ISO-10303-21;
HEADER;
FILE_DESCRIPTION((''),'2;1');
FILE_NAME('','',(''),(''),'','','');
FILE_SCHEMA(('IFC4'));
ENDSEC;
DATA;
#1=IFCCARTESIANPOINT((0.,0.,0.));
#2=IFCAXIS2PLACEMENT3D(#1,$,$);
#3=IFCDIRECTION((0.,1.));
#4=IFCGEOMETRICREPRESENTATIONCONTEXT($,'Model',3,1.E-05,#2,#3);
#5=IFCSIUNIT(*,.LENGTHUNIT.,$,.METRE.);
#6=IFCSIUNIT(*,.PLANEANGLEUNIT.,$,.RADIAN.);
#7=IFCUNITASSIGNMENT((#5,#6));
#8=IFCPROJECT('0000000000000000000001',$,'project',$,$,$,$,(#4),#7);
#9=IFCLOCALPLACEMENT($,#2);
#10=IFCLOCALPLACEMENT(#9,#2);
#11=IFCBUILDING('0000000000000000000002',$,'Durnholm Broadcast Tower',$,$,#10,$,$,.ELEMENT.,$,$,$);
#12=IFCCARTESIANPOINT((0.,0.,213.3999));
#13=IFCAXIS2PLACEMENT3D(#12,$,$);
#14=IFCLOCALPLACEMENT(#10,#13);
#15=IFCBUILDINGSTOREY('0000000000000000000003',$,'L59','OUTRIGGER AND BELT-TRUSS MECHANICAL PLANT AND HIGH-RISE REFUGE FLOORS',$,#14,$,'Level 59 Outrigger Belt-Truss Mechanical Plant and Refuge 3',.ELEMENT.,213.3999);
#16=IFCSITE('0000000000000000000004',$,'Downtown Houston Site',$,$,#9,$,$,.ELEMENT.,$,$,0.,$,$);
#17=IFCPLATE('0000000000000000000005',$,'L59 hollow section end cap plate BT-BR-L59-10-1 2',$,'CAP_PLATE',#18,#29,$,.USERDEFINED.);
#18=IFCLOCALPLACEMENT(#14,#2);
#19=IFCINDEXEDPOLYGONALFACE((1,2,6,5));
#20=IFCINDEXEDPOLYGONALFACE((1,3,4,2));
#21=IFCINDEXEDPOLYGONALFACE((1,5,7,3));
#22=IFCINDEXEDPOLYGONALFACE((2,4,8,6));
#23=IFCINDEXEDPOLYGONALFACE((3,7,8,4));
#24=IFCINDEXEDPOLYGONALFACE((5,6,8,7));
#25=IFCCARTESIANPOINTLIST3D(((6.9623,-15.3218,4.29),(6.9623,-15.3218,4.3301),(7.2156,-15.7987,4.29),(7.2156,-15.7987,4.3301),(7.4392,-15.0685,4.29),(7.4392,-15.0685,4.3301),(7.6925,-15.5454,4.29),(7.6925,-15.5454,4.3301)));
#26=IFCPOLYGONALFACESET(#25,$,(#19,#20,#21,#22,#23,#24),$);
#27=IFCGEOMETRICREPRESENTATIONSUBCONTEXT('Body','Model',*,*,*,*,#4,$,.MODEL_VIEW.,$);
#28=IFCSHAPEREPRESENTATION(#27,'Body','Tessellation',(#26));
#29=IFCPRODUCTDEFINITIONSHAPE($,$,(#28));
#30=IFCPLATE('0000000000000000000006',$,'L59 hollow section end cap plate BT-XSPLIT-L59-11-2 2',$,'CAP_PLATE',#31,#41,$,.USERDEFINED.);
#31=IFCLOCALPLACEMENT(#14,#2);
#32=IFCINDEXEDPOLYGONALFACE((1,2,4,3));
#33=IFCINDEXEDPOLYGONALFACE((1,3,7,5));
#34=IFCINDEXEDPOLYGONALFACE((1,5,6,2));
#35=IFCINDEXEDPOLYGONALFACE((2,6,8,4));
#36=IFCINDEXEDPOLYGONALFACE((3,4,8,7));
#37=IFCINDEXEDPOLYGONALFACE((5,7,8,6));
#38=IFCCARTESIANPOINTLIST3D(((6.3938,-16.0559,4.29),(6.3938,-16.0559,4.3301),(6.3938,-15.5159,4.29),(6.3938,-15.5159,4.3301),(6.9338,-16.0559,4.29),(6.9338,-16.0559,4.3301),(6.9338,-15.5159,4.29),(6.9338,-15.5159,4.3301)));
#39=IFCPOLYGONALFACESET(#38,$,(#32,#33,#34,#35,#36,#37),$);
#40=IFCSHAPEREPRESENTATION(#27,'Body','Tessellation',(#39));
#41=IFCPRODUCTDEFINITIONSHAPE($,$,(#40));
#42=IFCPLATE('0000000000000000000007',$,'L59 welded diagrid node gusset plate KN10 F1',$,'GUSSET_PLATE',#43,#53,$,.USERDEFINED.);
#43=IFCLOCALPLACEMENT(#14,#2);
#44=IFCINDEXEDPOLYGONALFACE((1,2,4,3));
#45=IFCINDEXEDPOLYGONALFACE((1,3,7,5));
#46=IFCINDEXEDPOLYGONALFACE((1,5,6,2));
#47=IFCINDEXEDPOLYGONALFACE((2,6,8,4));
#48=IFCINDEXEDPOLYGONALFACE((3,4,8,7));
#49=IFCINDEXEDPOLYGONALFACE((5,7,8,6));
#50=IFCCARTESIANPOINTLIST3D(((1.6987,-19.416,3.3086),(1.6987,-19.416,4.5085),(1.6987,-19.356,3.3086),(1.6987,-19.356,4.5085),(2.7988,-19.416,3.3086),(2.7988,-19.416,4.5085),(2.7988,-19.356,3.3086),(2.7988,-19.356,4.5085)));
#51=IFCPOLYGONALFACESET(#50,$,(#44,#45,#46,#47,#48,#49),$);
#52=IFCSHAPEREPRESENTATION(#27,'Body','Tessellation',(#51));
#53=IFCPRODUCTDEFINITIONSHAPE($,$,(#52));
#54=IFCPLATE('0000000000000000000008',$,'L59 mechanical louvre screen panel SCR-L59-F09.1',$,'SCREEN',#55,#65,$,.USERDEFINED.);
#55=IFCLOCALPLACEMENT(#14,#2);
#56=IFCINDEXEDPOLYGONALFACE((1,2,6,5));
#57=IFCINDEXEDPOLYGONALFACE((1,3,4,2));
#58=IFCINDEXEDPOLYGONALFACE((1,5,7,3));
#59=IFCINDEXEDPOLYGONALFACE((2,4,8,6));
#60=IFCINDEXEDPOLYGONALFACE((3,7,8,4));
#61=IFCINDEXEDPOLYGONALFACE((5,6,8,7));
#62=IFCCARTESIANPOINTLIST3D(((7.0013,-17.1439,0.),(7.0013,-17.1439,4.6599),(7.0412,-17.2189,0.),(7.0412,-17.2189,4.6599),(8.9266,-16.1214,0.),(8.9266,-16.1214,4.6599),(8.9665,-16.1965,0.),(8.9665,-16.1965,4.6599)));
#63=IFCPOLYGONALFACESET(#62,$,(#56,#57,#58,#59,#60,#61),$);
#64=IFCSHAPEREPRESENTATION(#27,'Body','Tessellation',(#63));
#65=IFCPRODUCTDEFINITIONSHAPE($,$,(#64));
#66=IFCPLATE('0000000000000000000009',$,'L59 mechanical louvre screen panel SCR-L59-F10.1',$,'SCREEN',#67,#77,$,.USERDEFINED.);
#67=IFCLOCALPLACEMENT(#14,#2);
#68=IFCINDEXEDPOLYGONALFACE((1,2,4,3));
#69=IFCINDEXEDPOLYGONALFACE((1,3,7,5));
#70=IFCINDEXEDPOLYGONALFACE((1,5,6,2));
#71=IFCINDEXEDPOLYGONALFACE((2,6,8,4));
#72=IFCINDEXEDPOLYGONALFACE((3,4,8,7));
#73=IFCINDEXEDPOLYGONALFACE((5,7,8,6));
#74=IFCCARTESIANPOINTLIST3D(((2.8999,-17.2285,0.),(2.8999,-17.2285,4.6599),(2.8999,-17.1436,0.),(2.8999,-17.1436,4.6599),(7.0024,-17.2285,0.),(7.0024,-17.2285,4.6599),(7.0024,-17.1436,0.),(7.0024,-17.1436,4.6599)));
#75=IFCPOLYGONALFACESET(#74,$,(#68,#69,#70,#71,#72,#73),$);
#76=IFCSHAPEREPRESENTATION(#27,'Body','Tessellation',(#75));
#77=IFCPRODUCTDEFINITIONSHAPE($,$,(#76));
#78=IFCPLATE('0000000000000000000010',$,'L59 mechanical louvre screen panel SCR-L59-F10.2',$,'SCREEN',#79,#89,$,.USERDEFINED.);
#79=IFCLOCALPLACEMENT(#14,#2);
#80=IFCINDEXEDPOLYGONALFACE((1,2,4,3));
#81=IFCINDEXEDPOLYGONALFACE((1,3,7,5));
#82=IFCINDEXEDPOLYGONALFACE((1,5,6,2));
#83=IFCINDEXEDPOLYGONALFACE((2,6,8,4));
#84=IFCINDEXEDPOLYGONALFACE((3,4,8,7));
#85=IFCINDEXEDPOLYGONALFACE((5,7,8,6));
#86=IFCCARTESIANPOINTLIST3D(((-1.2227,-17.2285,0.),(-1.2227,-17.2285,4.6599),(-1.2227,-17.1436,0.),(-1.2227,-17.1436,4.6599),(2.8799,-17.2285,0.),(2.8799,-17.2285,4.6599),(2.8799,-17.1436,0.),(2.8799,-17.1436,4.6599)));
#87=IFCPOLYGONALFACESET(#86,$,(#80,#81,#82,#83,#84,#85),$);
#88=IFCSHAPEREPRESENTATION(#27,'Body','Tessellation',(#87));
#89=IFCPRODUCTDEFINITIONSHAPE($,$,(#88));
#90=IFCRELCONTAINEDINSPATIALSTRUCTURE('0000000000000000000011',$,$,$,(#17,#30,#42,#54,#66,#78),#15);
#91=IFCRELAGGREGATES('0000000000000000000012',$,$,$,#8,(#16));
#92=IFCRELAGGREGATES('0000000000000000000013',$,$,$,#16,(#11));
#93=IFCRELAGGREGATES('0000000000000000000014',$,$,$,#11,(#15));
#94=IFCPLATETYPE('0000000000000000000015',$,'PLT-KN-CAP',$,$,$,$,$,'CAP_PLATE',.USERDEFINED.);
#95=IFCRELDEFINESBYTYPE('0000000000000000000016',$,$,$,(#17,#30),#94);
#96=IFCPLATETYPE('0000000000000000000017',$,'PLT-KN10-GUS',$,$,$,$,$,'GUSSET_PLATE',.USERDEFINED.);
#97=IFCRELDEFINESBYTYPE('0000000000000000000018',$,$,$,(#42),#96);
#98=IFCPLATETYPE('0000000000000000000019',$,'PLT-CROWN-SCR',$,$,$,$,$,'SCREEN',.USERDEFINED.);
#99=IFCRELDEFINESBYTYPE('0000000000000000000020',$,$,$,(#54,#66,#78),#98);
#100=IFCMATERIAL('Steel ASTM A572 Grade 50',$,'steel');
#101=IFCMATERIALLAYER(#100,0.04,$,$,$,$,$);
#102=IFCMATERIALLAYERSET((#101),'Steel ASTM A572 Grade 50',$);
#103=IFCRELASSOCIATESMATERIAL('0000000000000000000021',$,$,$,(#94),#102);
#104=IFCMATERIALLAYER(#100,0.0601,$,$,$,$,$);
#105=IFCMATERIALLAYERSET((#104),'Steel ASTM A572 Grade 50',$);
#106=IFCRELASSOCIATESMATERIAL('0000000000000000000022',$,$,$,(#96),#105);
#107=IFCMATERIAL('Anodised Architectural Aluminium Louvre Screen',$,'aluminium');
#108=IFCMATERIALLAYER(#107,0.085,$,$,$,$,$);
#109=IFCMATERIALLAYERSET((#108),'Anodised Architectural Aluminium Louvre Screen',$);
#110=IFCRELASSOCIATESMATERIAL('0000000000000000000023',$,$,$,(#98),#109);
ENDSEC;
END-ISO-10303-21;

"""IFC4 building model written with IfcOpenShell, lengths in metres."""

from ifc_helpers import new_model, si_unit, direction, frame, origin, origin_2d, place, context, subcontext, project, spatial, rectangle, extrude, source, transform, mapped, material, layer, layer_set, type_object, type_shapes, element, save


model = new_model("IFC4")

# Units and contexts
model_context = context("Model", 3, precision=1e-05, world=origin(), true_north=direction((0.0, 1.0)))
body_context = subcontext(model_context, "Body", "Model", "MODEL_VIEW")
ifc_project = project(units=[si_unit("LENGTHUNIT", "METRE"), si_unit("PLANEANGLEUNIT", "RADIAN")], contexts=[model_context])

# Site, building, storey
site_placement = place(None, origin())
site = spatial("IfcSite", under=ifc_project, at=site_placement, Name="Downtown Houston Site", CompositionType="ELEMENT", RefElevation=0.0)
building_placement = place(site_placement, origin())
building = spatial("IfcBuilding", under=site, at=building_placement, Name="Durnholm Broadcast Tower", CompositionType="ELEMENT")
storey_placement = place(building_placement, frame((0.0, 0.0, 213.3999)))
storey = spatial("IfcBuildingStorey", under=building, at=storey_placement, Name="L59", Description="OUTRIGGER AND BELT-TRUSS MECHANICAL PLANT AND HIGH-RISE REFUGE FLOORS", LongName="Level 59 Outrigger Belt-Truss Mechanical Plant and Refuge 3", CompositionType="ELEMENT", Elevation=213.3999)

# Plates
ifc_material_1 = material(Name="Steel ASTM A572 Grade 50", Category="steel")
ifc_layer_1 = layer(ifc_material_1, 0.04)
ifc_layer_set_1 = layer_set([ifc_layer_1], Name="Steel ASTM A572 Grade 50")
plate_type_1 = type_object("IfcPlateType", Name="PLT-KN-CAP", ElementType="CAP_PLATE", PredefinedType="USERDEFINED", material=ifc_layer_set_1)
shared_shape_1 = source(origin(), body_context, "Body", "SweptSolid", [
    extrude(rectangle(XDim=0.54, YDim=0.54, at=origin_2d()), origin(), (0.0, 0.0, 1.0), 0.04),
])
type_shapes(plate_type_1, [shared_shape_1])
for number, where, z_axis, x_axis, name in (
    (1, (7.3274, -15.4336, 4.29), (0.0, 0.0, 1.0), (-0.883193, -0.469009, 0.0), "L59 hollow section end cap plate BT-BR-L59-10-1 2"),
    (2, (6.6638, -15.7859, 4.29), (0.0, 0.0, 1.0), (1.0, 0.0, 0.0), "L59 hollow section end cap plate BT-XSPLIT-L59-11-2 2"),
):
    element("IfcPlate", number, at=place(storey_placement, frame(where, z_axis=z_axis, x_axis=x_axis)), inside=storey, type_object=plate_type_1, Name=name, ObjectType="CAP_PLATE", PredefinedType="USERDEFINED", context=body_context, shape_type="MappedRepresentation", body=[
        mapped(shared_shape_1, transform((0.0, 0.0, 0.0), x_axis=(1.0, 0.0, 0.0), y_axis=(0.0, 1.0, 0.0), z_axis=(0.0, 0.0, 1.0), scale=1.0)),
    ])
ifc_layer_2 = layer(ifc_material_1, 0.0601)
ifc_layer_set_2 = layer_set([ifc_layer_2], Name="Steel ASTM A572 Grade 50")
plate_type_2 = type_object("IfcPlateType", Name="PLT-KN10-GUS", ElementType="GUSSET_PLATE", PredefinedType="USERDEFINED", material=ifc_layer_set_2)
shared_shape_2 = source(origin(), body_context, "Body", "SweptSolid", [
    extrude(rectangle(XDim=1.1001, YDim=0.0601, at=origin_2d()), origin(), (0.0, 0.0, 1.0), 1.2),
])
type_shapes(plate_type_2, [shared_shape_2])
plate_1_placement = place(storey_placement, frame((2.2488, -19.386, 3.3086), z_axis=(0.0, 0.0, 1.0), x_axis=(1.0, 0.0, 0.0)))
element("IfcPlate", 3, at=plate_1_placement, inside=storey, type_object=plate_type_2, Name="L59 welded diagrid node gusset plate KN10 F1", ObjectType="GUSSET_PLATE", PredefinedType="USERDEFINED", context=body_context, shape_type="MappedRepresentation", body=[
    mapped(shared_shape_2, transform((0.0, 0.0, 0.0), x_axis=(1.0, 0.0, 0.0), y_axis=(0.0, 1.0, 0.0), z_axis=(0.0, 0.0, 1.0), scale=1.0)),
])
ifc_material_2 = material(Name="Anodised Architectural Aluminium Louvre Screen", Category="aluminium")
ifc_layer_3 = layer(ifc_material_2, 0.085)
ifc_layer_set_3 = layer_set([ifc_layer_3], Name="Anodised Architectural Aluminium Louvre Screen")
plate_type_3 = type_object("IfcPlateType", Name="PLT-CROWN-SCR", ElementType="SCREEN", PredefinedType="USERDEFINED", material=ifc_layer_set_3)
shared_shape_3 = source(origin(), body_context, "Body", "SweptSolid", [
    extrude(rectangle(XDim=2.1799, YDim=0.085, at=origin_2d()), origin(), (0.0, 0.0, 1.0), 4.6599),
])
plate_2_placement = place(storey_placement, frame((7.9839, -16.6702, 0.0), z_axis=(0.0, 0.0, 1.0), x_axis=(-0.883193, -0.469009, 0.0)))
element("IfcPlate", 4, at=plate_2_placement, inside=storey, type_object=plate_type_3, Name="L59 mechanical louvre screen panel SCR-L59-F09.1", ObjectType="SCREEN", PredefinedType="USERDEFINED", context=body_context, shape_type="MappedRepresentation", body=[
    mapped(shared_shape_3, transform((0.0, 0.0, 0.0), x_axis=(1.0, 0.0, 0.0), y_axis=(0.0, 1.0, 0.0), z_axis=(0.0, 0.0, 1.0), scale=1.0)),
])
shared_shape_4 = source(origin(), body_context, "Body", "SweptSolid", [
    extrude(rectangle(XDim=4.1025, YDim=0.085, at=origin_2d()), origin(), (0.0, 0.0, 1.0), 4.6599),
])
type_shapes(plate_type_3, [shared_shape_3, shared_shape_4])
for number, where, z_axis, x_axis, name in (
    (5, (4.9512, -17.186, 0.0), (0.0, 0.0, 1.0), (-1.0, 0.0, 0.0), "L59 mechanical louvre screen panel SCR-L59-F10.1"),
    (6, (0.8286, -17.186, 0.0), (0.0, 0.0, 1.0), (-1.0, 0.0, 0.0), "L59 mechanical louvre screen panel SCR-L59-F10.2"),
):
    element("IfcPlate", number, at=place(storey_placement, frame(where, z_axis=z_axis, x_axis=x_axis)), inside=storey, type_object=plate_type_3, Name=name, ObjectType="SCREEN", PredefinedType="USERDEFINED", context=body_context, shape_type="MappedRepresentation", body=[
        mapped(shared_shape_4, transform((0.0, 0.0, 0.0), x_axis=(1.0, 0.0, 0.0), y_axis=(0.0, 1.0, 0.0), z_axis=(0.0, 0.0, 1.0), scale=1.0)),
    ])

save(model, "model.ifc")
